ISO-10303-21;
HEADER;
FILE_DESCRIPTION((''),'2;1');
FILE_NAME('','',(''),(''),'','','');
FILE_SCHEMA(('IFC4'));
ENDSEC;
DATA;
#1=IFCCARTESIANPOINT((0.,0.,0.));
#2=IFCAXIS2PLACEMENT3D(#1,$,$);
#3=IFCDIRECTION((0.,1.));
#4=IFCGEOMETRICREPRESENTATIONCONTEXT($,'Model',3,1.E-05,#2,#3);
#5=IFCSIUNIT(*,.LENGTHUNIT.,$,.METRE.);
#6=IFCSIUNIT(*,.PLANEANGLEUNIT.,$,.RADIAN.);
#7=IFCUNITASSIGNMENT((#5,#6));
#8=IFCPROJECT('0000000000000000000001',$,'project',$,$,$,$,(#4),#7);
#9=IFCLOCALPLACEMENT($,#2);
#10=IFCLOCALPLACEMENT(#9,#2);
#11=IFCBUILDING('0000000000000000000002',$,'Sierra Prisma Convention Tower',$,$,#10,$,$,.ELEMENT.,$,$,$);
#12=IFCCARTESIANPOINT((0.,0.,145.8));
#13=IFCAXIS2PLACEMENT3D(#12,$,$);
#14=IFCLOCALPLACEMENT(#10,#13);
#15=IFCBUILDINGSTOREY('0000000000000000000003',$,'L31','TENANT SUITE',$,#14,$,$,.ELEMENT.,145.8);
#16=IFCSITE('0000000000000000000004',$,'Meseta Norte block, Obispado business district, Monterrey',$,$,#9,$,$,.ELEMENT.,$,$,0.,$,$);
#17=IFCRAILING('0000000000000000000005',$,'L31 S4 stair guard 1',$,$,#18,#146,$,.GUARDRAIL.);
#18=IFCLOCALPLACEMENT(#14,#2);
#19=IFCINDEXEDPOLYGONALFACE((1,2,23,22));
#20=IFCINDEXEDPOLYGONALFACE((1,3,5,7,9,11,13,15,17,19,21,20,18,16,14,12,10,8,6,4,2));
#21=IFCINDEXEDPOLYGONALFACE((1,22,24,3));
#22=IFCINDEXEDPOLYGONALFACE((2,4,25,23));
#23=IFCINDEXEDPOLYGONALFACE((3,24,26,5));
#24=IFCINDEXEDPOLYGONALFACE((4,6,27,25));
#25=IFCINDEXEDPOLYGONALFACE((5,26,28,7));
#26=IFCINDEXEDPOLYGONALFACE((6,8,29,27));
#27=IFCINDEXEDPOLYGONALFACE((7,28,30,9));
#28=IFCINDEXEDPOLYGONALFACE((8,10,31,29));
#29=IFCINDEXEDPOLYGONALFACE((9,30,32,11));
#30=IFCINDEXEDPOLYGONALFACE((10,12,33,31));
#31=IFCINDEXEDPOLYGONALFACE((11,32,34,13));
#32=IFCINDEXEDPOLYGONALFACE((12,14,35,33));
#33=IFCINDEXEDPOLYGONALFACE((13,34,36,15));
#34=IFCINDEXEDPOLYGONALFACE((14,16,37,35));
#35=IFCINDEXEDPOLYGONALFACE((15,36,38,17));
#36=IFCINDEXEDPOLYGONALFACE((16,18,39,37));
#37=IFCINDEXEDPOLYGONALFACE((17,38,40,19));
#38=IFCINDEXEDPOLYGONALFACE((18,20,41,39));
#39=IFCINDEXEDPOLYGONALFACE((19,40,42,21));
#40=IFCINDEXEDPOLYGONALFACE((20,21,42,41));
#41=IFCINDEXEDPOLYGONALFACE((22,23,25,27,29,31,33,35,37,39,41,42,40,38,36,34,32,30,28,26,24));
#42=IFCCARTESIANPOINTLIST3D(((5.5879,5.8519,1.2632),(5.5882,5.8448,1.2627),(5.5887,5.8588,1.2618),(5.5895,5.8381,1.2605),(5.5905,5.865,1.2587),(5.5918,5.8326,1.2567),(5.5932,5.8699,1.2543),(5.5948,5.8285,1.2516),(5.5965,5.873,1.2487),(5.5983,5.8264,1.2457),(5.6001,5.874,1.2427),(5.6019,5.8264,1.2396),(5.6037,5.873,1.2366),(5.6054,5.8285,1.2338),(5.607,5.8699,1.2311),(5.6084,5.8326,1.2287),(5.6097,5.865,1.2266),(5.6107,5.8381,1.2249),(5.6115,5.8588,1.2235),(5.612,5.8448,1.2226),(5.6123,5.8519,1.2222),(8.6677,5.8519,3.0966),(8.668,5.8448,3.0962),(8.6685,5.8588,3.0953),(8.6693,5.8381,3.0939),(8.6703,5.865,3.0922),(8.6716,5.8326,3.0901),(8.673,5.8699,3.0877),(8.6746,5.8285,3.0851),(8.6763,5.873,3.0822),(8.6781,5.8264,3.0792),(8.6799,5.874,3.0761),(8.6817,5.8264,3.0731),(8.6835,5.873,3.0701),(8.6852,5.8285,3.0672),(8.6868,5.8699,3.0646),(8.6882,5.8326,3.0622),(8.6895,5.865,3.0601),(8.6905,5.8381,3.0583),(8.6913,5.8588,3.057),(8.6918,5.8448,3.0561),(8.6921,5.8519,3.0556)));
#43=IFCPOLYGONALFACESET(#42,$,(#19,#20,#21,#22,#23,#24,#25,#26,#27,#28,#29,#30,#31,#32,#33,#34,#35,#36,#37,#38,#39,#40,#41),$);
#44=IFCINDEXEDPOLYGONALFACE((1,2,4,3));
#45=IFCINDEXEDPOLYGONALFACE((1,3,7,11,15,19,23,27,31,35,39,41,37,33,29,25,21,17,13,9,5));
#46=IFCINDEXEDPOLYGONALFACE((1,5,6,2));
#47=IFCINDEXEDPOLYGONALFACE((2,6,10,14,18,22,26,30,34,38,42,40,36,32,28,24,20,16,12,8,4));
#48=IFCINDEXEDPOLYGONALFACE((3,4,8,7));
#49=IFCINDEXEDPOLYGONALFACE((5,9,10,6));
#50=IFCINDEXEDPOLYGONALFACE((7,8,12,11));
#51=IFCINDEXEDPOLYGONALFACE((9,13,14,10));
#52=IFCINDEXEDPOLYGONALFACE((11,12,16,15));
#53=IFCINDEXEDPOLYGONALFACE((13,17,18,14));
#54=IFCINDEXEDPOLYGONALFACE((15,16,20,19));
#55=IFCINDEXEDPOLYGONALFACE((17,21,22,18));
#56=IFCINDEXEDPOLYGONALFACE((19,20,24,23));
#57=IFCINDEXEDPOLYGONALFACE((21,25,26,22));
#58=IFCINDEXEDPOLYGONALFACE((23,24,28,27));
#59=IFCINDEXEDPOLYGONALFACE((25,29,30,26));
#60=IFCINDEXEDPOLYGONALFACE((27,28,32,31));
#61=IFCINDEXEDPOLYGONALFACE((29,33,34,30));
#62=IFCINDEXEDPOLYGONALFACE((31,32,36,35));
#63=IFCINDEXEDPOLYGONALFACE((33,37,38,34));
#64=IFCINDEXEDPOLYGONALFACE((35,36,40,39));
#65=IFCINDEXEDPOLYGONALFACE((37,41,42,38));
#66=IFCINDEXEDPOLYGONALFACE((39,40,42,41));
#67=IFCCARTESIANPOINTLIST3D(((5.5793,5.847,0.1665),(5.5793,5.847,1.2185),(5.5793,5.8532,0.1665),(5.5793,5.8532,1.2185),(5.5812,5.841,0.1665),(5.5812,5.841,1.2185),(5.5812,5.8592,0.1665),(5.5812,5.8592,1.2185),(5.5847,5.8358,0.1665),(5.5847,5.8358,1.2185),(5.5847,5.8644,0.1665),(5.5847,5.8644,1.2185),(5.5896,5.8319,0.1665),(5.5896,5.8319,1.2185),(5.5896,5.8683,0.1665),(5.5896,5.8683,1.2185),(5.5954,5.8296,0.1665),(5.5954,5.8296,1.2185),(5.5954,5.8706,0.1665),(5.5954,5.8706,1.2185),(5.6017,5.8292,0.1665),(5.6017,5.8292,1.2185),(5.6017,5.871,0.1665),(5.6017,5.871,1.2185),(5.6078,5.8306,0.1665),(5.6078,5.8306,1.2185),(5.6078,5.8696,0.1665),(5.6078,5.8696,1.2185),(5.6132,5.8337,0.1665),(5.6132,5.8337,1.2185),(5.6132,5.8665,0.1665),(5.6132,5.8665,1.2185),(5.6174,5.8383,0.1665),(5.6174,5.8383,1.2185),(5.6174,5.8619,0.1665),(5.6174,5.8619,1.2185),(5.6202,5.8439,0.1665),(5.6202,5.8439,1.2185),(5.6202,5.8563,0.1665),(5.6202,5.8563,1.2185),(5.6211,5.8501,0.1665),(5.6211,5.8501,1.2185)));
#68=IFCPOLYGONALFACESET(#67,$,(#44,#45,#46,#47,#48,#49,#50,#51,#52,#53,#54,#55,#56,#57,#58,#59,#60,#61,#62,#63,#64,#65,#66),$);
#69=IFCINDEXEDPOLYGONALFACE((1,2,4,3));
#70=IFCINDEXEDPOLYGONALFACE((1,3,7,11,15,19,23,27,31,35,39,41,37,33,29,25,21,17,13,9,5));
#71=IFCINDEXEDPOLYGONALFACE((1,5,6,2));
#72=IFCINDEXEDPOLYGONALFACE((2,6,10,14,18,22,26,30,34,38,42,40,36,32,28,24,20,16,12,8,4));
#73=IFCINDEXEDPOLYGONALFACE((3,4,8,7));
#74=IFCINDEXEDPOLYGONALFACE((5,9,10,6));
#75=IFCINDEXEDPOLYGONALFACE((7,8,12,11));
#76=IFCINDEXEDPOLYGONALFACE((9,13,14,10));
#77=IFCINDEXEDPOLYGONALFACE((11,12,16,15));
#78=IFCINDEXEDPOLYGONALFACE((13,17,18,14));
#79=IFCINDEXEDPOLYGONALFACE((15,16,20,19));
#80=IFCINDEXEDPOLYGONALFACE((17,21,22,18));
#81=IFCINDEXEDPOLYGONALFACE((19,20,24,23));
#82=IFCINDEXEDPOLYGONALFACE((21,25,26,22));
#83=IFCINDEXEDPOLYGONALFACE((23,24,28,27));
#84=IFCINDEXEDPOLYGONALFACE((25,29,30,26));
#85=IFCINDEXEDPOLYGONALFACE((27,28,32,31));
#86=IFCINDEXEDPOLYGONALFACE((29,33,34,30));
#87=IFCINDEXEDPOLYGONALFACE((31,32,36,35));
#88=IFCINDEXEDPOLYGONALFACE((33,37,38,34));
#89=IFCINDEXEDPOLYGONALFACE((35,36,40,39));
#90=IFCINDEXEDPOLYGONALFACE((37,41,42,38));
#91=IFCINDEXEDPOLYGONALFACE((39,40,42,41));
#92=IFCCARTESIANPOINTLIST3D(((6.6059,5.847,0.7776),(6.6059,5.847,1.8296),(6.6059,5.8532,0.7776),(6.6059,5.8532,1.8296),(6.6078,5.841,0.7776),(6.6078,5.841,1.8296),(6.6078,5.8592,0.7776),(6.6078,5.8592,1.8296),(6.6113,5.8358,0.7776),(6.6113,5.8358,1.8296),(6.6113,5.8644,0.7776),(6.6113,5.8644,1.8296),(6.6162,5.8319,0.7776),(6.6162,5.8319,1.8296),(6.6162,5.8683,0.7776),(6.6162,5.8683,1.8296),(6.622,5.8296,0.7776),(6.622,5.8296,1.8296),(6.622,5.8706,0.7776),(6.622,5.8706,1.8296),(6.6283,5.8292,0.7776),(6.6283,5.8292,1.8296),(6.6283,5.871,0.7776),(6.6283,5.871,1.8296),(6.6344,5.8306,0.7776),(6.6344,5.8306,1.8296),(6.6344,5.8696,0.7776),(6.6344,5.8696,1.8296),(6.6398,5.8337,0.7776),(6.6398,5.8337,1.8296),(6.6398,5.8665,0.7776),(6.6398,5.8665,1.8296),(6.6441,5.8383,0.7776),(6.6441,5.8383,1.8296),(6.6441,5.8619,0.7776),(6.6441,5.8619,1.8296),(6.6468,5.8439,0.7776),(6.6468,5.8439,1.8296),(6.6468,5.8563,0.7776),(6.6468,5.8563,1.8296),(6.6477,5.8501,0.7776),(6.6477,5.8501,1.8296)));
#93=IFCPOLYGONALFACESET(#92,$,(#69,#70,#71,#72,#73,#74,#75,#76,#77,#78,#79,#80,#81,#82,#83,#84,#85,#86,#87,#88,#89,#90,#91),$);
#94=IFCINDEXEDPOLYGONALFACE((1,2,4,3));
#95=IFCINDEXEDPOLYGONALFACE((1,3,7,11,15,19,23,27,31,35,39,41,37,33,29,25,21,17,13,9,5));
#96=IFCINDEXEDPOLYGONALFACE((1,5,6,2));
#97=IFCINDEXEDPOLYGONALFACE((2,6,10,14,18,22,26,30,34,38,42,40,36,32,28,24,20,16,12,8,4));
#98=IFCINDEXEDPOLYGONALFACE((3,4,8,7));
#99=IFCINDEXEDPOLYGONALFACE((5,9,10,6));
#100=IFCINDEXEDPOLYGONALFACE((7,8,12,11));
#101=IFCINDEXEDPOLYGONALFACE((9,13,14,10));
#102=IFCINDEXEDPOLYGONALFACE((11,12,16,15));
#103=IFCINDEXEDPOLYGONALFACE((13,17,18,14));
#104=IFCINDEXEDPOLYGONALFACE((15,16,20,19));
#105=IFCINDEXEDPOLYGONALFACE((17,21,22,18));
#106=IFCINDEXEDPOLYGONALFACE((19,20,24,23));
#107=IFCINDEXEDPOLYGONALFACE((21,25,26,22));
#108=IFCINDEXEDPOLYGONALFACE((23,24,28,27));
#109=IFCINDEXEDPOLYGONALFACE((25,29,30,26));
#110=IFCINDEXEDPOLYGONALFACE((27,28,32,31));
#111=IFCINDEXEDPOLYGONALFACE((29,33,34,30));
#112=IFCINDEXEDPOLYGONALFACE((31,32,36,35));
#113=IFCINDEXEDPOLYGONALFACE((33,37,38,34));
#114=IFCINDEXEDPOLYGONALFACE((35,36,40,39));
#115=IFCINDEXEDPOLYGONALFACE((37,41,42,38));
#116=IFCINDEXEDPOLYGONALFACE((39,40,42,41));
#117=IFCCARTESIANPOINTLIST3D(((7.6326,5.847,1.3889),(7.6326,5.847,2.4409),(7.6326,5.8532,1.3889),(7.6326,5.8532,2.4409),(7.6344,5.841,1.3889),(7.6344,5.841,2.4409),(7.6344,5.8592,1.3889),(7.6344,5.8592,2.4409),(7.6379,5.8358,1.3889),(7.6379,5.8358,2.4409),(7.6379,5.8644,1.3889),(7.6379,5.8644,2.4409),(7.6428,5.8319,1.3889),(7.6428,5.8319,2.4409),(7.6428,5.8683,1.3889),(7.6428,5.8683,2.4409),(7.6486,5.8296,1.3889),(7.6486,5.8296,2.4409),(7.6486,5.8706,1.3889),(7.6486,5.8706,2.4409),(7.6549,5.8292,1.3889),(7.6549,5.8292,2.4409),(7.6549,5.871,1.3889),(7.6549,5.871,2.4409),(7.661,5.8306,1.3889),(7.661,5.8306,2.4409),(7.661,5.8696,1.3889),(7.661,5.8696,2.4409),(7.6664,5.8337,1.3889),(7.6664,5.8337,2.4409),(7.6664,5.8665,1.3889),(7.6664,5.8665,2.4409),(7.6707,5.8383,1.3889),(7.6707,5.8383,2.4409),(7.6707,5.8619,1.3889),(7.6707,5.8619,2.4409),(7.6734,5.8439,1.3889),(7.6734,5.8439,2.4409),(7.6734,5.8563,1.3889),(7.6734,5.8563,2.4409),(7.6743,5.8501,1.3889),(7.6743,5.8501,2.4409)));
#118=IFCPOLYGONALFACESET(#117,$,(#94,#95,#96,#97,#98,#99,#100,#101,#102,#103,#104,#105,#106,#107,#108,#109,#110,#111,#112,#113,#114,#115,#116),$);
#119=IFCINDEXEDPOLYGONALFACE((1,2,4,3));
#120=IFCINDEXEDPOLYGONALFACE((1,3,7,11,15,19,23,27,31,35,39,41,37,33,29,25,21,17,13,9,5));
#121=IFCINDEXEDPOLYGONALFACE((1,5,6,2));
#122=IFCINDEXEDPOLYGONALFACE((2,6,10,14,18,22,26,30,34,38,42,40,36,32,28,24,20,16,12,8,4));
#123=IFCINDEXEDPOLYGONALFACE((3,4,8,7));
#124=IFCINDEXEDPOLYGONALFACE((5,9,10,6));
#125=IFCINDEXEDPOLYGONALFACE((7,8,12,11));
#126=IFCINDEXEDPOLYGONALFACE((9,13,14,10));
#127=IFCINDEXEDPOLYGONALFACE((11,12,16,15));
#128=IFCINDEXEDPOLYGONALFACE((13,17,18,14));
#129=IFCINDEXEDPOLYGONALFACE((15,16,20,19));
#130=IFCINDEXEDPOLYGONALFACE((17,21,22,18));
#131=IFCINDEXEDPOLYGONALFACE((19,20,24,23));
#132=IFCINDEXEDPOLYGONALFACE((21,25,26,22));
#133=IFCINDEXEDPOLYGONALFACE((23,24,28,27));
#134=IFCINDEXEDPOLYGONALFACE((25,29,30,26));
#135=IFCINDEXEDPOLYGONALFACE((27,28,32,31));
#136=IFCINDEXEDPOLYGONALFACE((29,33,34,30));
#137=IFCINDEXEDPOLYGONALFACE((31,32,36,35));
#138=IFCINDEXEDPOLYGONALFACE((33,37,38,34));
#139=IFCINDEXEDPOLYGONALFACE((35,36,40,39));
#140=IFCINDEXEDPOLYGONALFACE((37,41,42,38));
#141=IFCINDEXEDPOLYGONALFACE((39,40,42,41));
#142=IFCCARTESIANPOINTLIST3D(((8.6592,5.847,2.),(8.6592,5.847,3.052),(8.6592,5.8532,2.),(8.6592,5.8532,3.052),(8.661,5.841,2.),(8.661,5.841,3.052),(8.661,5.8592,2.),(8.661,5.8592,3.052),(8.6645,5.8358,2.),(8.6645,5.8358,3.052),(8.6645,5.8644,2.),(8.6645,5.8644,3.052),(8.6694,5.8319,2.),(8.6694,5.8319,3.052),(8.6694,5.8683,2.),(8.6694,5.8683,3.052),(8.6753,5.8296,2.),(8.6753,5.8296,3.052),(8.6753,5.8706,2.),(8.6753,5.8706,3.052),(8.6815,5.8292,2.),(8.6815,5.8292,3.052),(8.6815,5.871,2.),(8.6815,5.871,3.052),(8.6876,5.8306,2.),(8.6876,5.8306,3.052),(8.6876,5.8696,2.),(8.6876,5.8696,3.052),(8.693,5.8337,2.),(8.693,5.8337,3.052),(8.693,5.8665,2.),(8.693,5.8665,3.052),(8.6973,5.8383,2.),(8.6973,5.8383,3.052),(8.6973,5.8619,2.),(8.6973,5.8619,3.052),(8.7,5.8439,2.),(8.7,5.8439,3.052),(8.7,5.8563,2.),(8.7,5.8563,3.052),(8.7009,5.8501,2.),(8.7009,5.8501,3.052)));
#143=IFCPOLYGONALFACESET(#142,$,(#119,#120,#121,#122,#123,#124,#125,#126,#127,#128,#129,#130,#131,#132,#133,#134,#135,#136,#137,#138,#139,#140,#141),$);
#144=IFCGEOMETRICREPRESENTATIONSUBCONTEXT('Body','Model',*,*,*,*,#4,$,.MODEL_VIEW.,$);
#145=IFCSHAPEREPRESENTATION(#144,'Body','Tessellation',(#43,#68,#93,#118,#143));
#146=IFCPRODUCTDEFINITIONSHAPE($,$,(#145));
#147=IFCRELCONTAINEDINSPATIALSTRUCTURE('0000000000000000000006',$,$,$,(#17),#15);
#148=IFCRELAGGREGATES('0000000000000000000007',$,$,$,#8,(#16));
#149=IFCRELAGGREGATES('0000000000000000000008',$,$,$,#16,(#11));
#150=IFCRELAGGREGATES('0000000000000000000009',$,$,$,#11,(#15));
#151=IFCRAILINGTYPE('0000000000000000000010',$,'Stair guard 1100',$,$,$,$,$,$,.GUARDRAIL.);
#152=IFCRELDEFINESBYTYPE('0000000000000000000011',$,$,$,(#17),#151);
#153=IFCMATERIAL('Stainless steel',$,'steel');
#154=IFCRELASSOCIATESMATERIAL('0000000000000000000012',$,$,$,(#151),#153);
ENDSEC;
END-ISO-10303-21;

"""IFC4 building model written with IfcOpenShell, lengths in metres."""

from ifc_helpers import new_model, si_unit, direction, frame, origin, origin_2d, place, context, subcontext, project, spatial, circle, extrude, material, type_object, element, save


model = new_model("IFC4")

# Units and contexts
model_context = context("Model", 3, precision=1e-05, world=origin(), true_north=direction((0.0, 1.0)))
body_context = subcontext(model_context, "Body", "Model", "MODEL_VIEW")
ifc_project = project(units=[si_unit("LENGTHUNIT", "METRE"), si_unit("PLANEANGLEUNIT", "RADIAN")], contexts=[model_context])

# Site, building, storey
site_placement = place(None, origin())
site = spatial("IfcSite", under=ifc_project, at=site_placement, Name="Meseta Norte block, Obispado business district, Monterrey", CompositionType="ELEMENT", RefElevation=0.0)
building_placement = place(site_placement, origin())
building = spatial("IfcBuilding", under=site, at=building_placement, Name="Sierra Prisma Convention Tower", CompositionType="ELEMENT")
storey_placement = place(building_placement, frame((0.0, 0.0, 145.8)))
storey = spatial("IfcBuildingStorey", under=building, at=storey_placement, Name="L31", Description="TENANT SUITE", CompositionType="ELEMENT", Elevation=145.8)

# Railing
ifc_material_1 = material(Name="Stainless steel", Category="steel")
railing_type_1 = type_object("IfcRailingType", Name="Stair guard 1100", PredefinedType="GUARDRAIL", material=ifc_material_1)
railing_1_placement = place(storey_placement, frame((5.6001, 5.8501, 0.1665)))
element("IfcRailing", 1, at=railing_1_placement, inside=storey, type_object=railing_type_1, Name="L31 S4 stair guard 1", PredefinedType="GUARDRAIL", context=body_context, shape_type="SweptSolid", body=[
    extrude(circle(Radius=0.0239, at=origin_2d()), frame((0.0, 0.0, 1.0762), z_axis=(0.859261, 0.0, 0.511538), x_axis=(0.0, 1.0, 0.0)), (0.0, 0.0, 1.0), 3.5842),
    extrude(circle(Radius=0.021, at=origin_2d()), origin(), (0.0, 0.0, 1.0), 1.052),
    extrude(circle(Radius=0.021, at=origin_2d()), frame((1.0266, 0.0, 0.6111)), (0.0, 0.0, 1.0), 1.052),
    extrude(circle(Radius=0.021, at=origin_2d()), frame((2.0532, 0.0, 1.2224)), (0.0, 0.0, 1.0), 1.052),
    extrude(circle(Radius=0.021, at=origin_2d()), frame((3.0798, 0.0, 1.8335)), (0.0, 0.0, 1.0), 1.052),
])

save(model, "model.ifc")
